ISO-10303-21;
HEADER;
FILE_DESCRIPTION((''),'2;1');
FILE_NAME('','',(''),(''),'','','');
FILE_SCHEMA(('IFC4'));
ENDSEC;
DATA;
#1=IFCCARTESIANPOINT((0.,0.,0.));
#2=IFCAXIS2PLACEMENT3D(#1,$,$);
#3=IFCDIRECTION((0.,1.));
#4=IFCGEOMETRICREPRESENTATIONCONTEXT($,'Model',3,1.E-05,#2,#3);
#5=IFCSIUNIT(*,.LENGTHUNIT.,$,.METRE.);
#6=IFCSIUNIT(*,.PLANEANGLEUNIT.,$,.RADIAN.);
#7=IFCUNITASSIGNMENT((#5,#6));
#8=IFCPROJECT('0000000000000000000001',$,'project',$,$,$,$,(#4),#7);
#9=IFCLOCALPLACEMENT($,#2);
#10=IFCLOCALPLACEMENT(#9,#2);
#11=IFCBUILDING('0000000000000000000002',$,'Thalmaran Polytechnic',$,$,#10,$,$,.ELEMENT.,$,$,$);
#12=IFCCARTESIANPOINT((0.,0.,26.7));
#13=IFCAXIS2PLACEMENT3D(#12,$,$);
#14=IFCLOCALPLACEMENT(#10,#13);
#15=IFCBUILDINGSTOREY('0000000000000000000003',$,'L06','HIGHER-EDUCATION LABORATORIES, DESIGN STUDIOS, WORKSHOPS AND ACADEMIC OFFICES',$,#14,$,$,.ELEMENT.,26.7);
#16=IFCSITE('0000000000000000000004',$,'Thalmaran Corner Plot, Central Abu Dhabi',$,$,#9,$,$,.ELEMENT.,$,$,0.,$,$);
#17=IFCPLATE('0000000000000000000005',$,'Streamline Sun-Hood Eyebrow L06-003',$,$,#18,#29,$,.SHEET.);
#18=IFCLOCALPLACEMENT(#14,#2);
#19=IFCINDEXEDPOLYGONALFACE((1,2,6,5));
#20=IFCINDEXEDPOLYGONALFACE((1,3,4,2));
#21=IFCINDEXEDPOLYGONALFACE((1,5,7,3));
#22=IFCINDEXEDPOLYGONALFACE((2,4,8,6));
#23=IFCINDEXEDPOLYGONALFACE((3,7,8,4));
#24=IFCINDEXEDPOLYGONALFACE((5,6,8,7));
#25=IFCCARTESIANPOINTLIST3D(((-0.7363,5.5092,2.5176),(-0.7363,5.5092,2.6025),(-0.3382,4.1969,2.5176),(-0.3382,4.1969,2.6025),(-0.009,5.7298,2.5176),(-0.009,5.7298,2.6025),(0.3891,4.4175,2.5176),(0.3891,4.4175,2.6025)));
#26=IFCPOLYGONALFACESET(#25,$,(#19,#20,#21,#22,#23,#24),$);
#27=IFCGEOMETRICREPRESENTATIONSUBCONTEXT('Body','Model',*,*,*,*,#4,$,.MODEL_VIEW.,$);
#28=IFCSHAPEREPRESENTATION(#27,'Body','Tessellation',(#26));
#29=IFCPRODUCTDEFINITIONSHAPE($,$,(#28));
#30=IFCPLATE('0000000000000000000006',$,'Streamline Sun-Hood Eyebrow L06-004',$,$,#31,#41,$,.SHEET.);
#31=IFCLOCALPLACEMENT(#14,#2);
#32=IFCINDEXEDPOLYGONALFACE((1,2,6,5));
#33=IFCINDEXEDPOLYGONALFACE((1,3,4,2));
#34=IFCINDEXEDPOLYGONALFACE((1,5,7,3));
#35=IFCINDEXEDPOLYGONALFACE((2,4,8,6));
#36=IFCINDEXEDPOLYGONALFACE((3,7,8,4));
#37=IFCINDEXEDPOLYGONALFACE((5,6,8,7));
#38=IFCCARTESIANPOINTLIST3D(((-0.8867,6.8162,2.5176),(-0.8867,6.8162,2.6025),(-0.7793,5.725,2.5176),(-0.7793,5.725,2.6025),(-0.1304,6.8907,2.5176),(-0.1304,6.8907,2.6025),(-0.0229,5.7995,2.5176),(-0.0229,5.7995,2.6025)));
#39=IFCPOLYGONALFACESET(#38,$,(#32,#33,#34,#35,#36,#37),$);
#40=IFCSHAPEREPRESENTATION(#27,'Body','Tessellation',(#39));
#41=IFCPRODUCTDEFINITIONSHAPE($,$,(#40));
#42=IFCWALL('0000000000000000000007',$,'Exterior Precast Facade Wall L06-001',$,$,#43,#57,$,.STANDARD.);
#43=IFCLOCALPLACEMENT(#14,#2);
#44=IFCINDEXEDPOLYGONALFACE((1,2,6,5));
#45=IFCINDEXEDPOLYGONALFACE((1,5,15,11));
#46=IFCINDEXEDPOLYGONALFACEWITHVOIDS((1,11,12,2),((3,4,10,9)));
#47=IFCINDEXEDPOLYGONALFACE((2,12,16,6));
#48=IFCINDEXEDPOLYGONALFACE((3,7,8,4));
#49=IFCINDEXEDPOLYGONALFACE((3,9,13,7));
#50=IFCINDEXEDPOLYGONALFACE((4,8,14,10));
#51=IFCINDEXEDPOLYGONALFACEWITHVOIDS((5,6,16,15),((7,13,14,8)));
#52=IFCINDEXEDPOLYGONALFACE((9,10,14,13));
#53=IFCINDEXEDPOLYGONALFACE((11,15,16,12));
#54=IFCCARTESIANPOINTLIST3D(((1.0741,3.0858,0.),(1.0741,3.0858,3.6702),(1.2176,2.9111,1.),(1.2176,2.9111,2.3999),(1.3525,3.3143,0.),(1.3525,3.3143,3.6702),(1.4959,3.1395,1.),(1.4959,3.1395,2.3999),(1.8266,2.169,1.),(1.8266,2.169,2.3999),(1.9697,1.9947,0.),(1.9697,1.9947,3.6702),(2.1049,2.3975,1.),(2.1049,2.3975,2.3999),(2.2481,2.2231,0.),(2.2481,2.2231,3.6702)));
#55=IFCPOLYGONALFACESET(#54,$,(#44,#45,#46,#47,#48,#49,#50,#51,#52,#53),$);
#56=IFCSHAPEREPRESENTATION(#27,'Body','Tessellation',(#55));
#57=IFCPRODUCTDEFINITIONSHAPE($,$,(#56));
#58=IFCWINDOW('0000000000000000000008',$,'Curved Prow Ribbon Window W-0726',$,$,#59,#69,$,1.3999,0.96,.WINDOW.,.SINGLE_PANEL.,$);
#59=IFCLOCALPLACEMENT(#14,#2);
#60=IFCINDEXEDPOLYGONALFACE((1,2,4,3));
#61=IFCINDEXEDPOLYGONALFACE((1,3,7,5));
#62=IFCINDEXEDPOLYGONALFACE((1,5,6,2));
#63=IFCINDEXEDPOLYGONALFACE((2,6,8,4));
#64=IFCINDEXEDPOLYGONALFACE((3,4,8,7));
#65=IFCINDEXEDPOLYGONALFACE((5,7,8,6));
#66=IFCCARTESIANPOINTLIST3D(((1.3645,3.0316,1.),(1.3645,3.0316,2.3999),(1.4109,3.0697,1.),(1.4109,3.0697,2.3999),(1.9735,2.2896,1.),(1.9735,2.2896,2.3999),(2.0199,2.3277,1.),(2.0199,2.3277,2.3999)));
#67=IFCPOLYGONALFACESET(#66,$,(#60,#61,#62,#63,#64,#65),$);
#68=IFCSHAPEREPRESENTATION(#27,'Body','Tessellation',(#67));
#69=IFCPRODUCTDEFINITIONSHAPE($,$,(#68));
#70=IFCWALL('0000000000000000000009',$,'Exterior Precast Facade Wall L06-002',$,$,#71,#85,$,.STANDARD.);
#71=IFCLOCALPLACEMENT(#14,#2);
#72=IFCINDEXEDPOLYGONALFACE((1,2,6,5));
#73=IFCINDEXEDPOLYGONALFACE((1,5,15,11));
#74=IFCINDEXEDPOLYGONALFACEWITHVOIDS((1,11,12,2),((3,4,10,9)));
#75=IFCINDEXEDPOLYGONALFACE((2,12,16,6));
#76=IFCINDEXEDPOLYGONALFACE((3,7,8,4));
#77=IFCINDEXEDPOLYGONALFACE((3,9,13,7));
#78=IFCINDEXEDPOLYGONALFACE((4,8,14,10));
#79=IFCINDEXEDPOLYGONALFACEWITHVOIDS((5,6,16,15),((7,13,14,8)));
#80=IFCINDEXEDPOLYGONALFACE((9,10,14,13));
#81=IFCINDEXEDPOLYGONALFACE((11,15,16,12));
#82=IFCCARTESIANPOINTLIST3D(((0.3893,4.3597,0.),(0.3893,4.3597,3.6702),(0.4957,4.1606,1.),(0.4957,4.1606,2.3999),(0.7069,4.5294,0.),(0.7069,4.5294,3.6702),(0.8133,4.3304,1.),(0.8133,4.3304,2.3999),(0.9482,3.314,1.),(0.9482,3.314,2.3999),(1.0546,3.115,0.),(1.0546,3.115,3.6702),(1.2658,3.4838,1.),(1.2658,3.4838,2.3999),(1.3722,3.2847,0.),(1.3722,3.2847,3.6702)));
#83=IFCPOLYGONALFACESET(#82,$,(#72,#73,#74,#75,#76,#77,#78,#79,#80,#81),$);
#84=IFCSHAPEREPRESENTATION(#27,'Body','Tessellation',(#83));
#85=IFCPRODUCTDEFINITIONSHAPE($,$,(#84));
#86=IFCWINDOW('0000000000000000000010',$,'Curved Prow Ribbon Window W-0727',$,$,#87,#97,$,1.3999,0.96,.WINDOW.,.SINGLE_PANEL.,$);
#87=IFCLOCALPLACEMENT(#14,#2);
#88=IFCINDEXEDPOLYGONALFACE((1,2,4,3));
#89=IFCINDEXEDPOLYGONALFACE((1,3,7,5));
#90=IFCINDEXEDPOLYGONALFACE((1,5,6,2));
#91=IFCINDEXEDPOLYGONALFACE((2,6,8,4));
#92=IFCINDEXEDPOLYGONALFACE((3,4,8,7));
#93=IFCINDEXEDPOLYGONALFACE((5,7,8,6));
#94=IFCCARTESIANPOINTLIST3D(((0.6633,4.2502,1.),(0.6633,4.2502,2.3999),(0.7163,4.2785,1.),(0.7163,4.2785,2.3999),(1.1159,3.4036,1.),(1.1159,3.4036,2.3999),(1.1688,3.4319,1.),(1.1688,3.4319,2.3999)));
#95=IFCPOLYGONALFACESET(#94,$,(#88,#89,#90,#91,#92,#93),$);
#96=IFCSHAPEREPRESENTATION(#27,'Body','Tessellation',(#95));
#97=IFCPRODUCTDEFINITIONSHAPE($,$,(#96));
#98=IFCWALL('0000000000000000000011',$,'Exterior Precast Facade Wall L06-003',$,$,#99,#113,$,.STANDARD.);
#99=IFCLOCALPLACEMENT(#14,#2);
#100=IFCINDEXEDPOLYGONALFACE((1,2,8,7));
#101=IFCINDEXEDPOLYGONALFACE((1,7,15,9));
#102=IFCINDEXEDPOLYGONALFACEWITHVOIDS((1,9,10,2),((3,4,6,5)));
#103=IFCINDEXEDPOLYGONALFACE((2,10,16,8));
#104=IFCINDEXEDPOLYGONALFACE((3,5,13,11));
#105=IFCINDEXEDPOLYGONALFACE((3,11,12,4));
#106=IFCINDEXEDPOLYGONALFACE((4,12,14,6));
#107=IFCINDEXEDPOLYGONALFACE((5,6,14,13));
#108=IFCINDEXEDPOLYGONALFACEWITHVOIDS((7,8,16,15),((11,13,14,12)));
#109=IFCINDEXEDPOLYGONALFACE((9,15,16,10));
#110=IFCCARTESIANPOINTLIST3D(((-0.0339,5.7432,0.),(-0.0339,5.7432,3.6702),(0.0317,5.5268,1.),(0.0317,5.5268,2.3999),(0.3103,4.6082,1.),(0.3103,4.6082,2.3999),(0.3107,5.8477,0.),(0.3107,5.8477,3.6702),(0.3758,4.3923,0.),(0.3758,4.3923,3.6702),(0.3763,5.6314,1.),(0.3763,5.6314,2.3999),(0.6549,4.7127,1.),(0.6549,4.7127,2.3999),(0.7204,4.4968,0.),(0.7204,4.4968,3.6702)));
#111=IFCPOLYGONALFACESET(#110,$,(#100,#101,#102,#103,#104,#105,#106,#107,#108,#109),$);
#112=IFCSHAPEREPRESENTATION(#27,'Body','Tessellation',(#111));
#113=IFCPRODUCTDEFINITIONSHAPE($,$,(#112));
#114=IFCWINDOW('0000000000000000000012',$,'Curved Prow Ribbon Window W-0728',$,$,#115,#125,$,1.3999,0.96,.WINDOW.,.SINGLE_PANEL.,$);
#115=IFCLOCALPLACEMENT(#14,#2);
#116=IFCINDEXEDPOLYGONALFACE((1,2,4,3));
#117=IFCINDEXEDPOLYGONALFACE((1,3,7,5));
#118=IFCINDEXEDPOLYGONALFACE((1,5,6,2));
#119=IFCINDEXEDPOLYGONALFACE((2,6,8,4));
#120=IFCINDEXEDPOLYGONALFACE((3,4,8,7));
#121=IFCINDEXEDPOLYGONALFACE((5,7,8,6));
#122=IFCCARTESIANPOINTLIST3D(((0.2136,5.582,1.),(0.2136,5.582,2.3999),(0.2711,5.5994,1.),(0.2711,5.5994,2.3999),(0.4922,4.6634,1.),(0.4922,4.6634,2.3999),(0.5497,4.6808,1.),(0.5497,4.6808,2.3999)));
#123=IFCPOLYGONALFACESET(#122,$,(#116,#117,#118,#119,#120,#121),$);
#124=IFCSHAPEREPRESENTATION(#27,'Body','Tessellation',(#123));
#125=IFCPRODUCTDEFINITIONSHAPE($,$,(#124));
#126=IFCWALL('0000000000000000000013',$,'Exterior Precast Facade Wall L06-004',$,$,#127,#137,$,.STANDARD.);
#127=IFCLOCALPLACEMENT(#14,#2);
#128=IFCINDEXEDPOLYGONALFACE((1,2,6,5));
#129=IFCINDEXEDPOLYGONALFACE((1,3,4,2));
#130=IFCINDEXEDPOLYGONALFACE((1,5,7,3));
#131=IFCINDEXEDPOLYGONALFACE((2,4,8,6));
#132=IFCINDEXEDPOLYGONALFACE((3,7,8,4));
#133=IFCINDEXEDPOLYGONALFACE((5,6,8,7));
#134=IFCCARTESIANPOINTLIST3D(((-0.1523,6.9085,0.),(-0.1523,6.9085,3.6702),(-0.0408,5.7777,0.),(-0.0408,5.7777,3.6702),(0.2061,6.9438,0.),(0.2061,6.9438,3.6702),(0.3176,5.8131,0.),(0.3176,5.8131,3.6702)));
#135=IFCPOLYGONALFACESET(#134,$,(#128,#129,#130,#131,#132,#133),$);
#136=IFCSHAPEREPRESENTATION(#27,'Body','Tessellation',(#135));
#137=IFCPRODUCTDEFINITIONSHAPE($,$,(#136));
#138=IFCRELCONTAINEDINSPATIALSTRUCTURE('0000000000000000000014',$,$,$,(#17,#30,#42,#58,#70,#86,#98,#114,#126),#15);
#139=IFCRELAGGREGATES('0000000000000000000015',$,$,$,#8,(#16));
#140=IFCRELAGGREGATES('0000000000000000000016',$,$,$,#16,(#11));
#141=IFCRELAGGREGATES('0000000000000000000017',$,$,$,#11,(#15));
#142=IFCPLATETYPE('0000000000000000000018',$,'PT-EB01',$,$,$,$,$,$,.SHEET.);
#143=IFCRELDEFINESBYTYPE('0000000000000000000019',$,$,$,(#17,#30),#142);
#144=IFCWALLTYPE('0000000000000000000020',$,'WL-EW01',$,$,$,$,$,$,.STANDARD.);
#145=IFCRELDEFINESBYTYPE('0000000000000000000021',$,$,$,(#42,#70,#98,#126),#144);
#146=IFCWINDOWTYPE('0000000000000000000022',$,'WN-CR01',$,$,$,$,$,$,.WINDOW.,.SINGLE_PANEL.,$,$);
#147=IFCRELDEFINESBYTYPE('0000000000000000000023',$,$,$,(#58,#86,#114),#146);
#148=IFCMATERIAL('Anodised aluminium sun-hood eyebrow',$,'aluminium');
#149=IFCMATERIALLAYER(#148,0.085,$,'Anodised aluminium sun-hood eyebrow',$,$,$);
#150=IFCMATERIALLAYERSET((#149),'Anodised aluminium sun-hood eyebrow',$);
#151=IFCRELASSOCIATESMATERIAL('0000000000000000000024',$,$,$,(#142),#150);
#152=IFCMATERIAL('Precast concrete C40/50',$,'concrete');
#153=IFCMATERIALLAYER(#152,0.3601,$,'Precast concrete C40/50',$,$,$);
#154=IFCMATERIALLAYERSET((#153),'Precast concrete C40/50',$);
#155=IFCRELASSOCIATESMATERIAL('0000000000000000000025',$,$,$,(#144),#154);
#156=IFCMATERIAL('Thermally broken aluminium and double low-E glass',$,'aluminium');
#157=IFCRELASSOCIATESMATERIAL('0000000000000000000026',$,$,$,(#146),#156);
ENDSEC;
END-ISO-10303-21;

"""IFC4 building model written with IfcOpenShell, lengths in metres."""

from ifc_helpers import new_model, si_unit, direction, frame, frame_2d, origin, origin_2d, place, context, subcontext, project, spatial, rectangle, extrude, material, layer, layer_set, type_object, element, fill, save


model = new_model("IFC4")

# Units and contexts
model_context = context("Model", 3, precision=1e-05, world=origin(), true_north=direction((0.0, 1.0)))
body_context = subcontext(model_context, "Body", "Model", "MODEL_VIEW")
ifc_project = project(units=[si_unit("LENGTHUNIT", "METRE"), si_unit("PLANEANGLEUNIT", "RADIAN")], contexts=[model_context])

# Site, building, storey
site_placement = place(None, origin())
site = spatial("IfcSite", under=ifc_project, at=site_placement, Name="Thalmaran Corner Plot, Central Abu Dhabi", CompositionType="ELEMENT", RefElevation=0.0)
building_placement = place(site_placement, origin())
building = spatial("IfcBuilding", under=site, at=building_placement, Name="Thalmaran Polytechnic", CompositionType="ELEMENT")
storey_placement = place(building_placement, frame((0.0, 0.0, 26.7)))
storey = spatial("IfcBuildingStorey", under=building, at=storey_placement, Name="L06", Description="HIGHER-EDUCATION LABORATORIES, DESIGN STUDIOS, WORKSHOPS AND ACADEMIC OFFICES", CompositionType="ELEMENT", Elevation=26.7)

# Plates
ifc_material_1 = material(Name="Anodised aluminium sun-hood eyebrow", Category="aluminium")
ifc_layer_1 = layer(ifc_material_1, 0.085, Name="Anodised aluminium sun-hood eyebrow")
ifc_layer_set_1 = layer_set([ifc_layer_1], Name="Anodised aluminium sun-hood eyebrow")
plate_type_1 = type_object("IfcPlateType", Name="PT-EB01", PredefinedType="SHEET", material=ifc_layer_set_1)
for number, where, z_axis, x_axis, name in (
    (1, (-0.1736, 4.9634, 2.5176), (0.0, 0.0, 1.0), (-0.290285, 0.95694, 0.0), "Streamline Sun-Hood Eyebrow L06-003"),
):
    element("IfcPlate", number, at=place(storey_placement, frame(where, z_axis=z_axis, x_axis=x_axis)), inside=storey, type_object=plate_type_1, Name=name, PredefinedType="SHEET", context=body_context, shape_type="SweptSolid", body=[
        extrude(rectangle(XDim=1.3713, YDim=0.76, at=origin_2d()), origin(), (0.0, 0.0, 1.0), 0.085),
    ])
plate_1_placement = place(storey_placement, frame((-0.4548, 6.3079, 2.5176), z_axis=(0.0, 0.0, 1.0), x_axis=(-0.098017, 0.995185, 0.0)))
element("IfcPlate", 2, at=plate_1_placement, inside=storey, type_object=plate_type_1, Name="Streamline Sun-Hood Eyebrow L06-004", PredefinedType="SHEET", context=body_context, shape_type="SweptSolid", body=[
    extrude(rectangle(XDim=1.0964, YDim=0.76, at=origin_2d()), origin(), (0.0, 0.0, 1.0), 0.085),
])

# Walls, openings, windows
ifc_material_2 = material(Name="Precast concrete C40/50", Category="concrete")
ifc_layer_2 = layer(ifc_material_2, 0.3601, Name="Precast concrete C40/50")
ifc_layer_set_2 = layer_set([ifc_layer_2], Name="Precast concrete C40/50")
wall_type = type_object("IfcWallType", Name="WL-EW01", PredefinedType="STANDARD", material=ifc_layer_set_2)
wall_1_placement = place(storey_placement, frame((2.1089, 2.1089, 0.0), z_axis=(0.0, 0.0, 1.0), x_axis=(-0.634433, 0.772978, 0.0)))
wall_1 = element("IfcWall", 3, at=wall_1_placement, inside=storey, type_object=wall_type, Name="Exterior Precast Facade Wall L06-001", PredefinedType="STANDARD", context=body_context, shape_type="SweptSolid", body=[
    extrude(rectangle(XDim=1.4116, YDim=0.3601, at=frame_2d((0.7058, 0.0))), origin(), (0.0, 0.0, 1.0), 3.6702),
])
opening_1_placement = place(wall_1_placement, frame((0.2256, 0.0, 1.0)))
opening_1 = element("IfcOpeningElement", 4, at=opening_1_placement, cuts=wall_1, PredefinedType="OPENING", context=body_context, shape_type="SweptSolid", body=[
    extrude(rectangle(XDim=0.96, YDim=1.3999, at=frame_2d((0.48, 0.7))), frame((0.0, 0.1899, 0.0), z_axis=(0.0, -1.0, 0.0), x_axis=(1.0, 0.0, 0.0)), (0.0, 0.0, 1.0), 0.3801),
])
ifc_material_3 = material(Name="Thermally broken aluminium and double low-E glass", Category="aluminium")
window_type = type_object("IfcWindowType", Name="WN-CR01", PartitioningType="SINGLE_PANEL", PredefinedType="WINDOW", material=ifc_material_3)
window_1_placement = place(opening_1_placement, origin())
window_1 = element("IfcWindow", 5, at=window_1_placement, inside=storey, type_object=window_type, Name="Curved Prow Ribbon Window W-0726", OverallHeight=1.3999, OverallWidth=0.96, PartitioningType="SINGLE_PANEL", PredefinedType="WINDOW", context=body_context, shape_type="SweptSolid", body=[
    extrude(rectangle(XDim=0.96, YDim=1.3999, at=frame_2d((0.48, 0.7))), frame((0.0, -0.01, 0.0), z_axis=(0.0, -1.0, 0.0), x_axis=(1.0, 0.0, 0.0)), (0.0, 0.0, 1.0), 0.0601),
])
fill(opening_1, window_1)
wall_2_placement = place(storey_placement, frame((1.2134, 3.2, 0.0), z_axis=(0.0, 0.0, 1.0), x_axis=(-0.471405, 0.881917, 0.0)))
wall_2 = element("IfcWall", 6, at=wall_2_placement, inside=storey, type_object=wall_type, Name="Exterior Precast Facade Wall L06-002", PredefinedType="STANDARD", context=body_context, shape_type="SweptSolid", body=[
    extrude(rectangle(XDim=1.4114, YDim=0.3601, at=frame_2d((0.7056, 0.0))), origin(), (0.0, 0.0, 1.0), 3.6702),
])
opening_2_placement = place(wall_2_placement, frame((0.2256, 0.0, 1.0)))
opening_2 = element("IfcOpeningElement", 7, at=opening_2_placement, cuts=wall_2, PredefinedType="OPENING", context=body_context, shape_type="SweptSolid", body=[
    extrude(rectangle(XDim=0.96, YDim=1.3999, at=frame_2d((0.48, 0.7))), frame((0.0, 0.1899, 0.0), z_axis=(0.0, -1.0, 0.0), x_axis=(1.0, 0.0, 0.0)), (0.0, 0.0, 1.0), 0.3801),
])
window_2_placement = place(opening_2_placement, origin())
window_2 = element("IfcWindow", 8, at=window_2_placement, inside=storey, type_object=window_type, Name="Curved Prow Ribbon Window W-0727", OverallHeight=1.3999, OverallWidth=0.96, PartitioningType="SINGLE_PANEL", PredefinedType="WINDOW", context=body_context, shape_type="SweptSolid", body=[
    extrude(rectangle(XDim=0.96, YDim=1.3999, at=frame_2d((0.48, 0.7))), frame((0.0, -0.01, 0.0), z_axis=(0.0, -1.0, 0.0), x_axis=(1.0, 0.0, 0.0)), (0.0, 0.0, 1.0), 0.0601),
])
fill(opening_2, window_2)
wall_3_placement = place(storey_placement, frame((0.5481, 4.4446, 0.0), z_axis=(0.0, 0.0, 1.0), x_axis=(-0.290219, 0.95696, 0.0)))
wall_3 = element("IfcWall", 9, at=wall_3_placement, inside=storey, type_object=wall_type, Name="Exterior Precast Facade Wall L06-003", PredefinedType="STANDARD", context=body_context, shape_type="SweptSolid", body=[
    extrude(rectangle(XDim=1.4116, YDim=0.3601, at=frame_2d((0.7058, 0.0))), origin(), (0.0, 0.0, 1.0), 3.6702),
])
opening_3_placement = place(wall_3_placement, frame((0.2256, 0.0, 1.0)))
opening_3 = element("IfcOpeningElement", 10, at=opening_3_placement, cuts=wall_3, PredefinedType="OPENING", context=body_context, shape_type="SweptSolid", body=[
    extrude(rectangle(XDim=0.96, YDim=1.3999, at=frame_2d((0.48, 0.7))), frame((0.0, 0.1899, 0.0), z_axis=(0.0, -1.0, 0.0), x_axis=(1.0, 0.0, 0.0)), (0.0, 0.0, 1.0), 0.3801),
])
window_3_placement = place(opening_3_placement, origin())
window_3 = element("IfcWindow", 11, at=window_3_placement, inside=storey, type_object=window_type, Name="Curved Prow Ribbon Window W-0728", OverallHeight=1.3999, OverallWidth=0.96, PartitioningType="SINGLE_PANEL", PredefinedType="WINDOW", context=body_context, shape_type="SweptSolid", body=[
    extrude(rectangle(XDim=0.96, YDim=1.3999, at=frame_2d((0.48, 0.7))), frame((0.0, -0.01, 0.0), z_axis=(0.0, -1.0, 0.0), x_axis=(1.0, 0.0, 0.0)), (0.0, 0.0, 1.0), 0.0601),
])
fill(opening_3, window_3)

# Wall
wall_4_placement = place(storey_placement, frame((0.1384, 5.7954, 0.0), z_axis=(0.0, 0.0, 1.0), x_axis=(-0.098185, 0.995168, 0.0)))
element("IfcWall", 12, at=wall_4_placement, inside=storey, type_object=wall_type, Name="Exterior Precast Facade Wall L06-004", PredefinedType="STANDARD", context=body_context, shape_type="SweptSolid", body=[
    extrude(rectangle(XDim=1.1362, YDim=0.3601, at=frame_2d((0.5681, 0.0))), origin(), (0.0, 0.0, 1.0), 3.6702),
])

save(model, "model.ifc")
